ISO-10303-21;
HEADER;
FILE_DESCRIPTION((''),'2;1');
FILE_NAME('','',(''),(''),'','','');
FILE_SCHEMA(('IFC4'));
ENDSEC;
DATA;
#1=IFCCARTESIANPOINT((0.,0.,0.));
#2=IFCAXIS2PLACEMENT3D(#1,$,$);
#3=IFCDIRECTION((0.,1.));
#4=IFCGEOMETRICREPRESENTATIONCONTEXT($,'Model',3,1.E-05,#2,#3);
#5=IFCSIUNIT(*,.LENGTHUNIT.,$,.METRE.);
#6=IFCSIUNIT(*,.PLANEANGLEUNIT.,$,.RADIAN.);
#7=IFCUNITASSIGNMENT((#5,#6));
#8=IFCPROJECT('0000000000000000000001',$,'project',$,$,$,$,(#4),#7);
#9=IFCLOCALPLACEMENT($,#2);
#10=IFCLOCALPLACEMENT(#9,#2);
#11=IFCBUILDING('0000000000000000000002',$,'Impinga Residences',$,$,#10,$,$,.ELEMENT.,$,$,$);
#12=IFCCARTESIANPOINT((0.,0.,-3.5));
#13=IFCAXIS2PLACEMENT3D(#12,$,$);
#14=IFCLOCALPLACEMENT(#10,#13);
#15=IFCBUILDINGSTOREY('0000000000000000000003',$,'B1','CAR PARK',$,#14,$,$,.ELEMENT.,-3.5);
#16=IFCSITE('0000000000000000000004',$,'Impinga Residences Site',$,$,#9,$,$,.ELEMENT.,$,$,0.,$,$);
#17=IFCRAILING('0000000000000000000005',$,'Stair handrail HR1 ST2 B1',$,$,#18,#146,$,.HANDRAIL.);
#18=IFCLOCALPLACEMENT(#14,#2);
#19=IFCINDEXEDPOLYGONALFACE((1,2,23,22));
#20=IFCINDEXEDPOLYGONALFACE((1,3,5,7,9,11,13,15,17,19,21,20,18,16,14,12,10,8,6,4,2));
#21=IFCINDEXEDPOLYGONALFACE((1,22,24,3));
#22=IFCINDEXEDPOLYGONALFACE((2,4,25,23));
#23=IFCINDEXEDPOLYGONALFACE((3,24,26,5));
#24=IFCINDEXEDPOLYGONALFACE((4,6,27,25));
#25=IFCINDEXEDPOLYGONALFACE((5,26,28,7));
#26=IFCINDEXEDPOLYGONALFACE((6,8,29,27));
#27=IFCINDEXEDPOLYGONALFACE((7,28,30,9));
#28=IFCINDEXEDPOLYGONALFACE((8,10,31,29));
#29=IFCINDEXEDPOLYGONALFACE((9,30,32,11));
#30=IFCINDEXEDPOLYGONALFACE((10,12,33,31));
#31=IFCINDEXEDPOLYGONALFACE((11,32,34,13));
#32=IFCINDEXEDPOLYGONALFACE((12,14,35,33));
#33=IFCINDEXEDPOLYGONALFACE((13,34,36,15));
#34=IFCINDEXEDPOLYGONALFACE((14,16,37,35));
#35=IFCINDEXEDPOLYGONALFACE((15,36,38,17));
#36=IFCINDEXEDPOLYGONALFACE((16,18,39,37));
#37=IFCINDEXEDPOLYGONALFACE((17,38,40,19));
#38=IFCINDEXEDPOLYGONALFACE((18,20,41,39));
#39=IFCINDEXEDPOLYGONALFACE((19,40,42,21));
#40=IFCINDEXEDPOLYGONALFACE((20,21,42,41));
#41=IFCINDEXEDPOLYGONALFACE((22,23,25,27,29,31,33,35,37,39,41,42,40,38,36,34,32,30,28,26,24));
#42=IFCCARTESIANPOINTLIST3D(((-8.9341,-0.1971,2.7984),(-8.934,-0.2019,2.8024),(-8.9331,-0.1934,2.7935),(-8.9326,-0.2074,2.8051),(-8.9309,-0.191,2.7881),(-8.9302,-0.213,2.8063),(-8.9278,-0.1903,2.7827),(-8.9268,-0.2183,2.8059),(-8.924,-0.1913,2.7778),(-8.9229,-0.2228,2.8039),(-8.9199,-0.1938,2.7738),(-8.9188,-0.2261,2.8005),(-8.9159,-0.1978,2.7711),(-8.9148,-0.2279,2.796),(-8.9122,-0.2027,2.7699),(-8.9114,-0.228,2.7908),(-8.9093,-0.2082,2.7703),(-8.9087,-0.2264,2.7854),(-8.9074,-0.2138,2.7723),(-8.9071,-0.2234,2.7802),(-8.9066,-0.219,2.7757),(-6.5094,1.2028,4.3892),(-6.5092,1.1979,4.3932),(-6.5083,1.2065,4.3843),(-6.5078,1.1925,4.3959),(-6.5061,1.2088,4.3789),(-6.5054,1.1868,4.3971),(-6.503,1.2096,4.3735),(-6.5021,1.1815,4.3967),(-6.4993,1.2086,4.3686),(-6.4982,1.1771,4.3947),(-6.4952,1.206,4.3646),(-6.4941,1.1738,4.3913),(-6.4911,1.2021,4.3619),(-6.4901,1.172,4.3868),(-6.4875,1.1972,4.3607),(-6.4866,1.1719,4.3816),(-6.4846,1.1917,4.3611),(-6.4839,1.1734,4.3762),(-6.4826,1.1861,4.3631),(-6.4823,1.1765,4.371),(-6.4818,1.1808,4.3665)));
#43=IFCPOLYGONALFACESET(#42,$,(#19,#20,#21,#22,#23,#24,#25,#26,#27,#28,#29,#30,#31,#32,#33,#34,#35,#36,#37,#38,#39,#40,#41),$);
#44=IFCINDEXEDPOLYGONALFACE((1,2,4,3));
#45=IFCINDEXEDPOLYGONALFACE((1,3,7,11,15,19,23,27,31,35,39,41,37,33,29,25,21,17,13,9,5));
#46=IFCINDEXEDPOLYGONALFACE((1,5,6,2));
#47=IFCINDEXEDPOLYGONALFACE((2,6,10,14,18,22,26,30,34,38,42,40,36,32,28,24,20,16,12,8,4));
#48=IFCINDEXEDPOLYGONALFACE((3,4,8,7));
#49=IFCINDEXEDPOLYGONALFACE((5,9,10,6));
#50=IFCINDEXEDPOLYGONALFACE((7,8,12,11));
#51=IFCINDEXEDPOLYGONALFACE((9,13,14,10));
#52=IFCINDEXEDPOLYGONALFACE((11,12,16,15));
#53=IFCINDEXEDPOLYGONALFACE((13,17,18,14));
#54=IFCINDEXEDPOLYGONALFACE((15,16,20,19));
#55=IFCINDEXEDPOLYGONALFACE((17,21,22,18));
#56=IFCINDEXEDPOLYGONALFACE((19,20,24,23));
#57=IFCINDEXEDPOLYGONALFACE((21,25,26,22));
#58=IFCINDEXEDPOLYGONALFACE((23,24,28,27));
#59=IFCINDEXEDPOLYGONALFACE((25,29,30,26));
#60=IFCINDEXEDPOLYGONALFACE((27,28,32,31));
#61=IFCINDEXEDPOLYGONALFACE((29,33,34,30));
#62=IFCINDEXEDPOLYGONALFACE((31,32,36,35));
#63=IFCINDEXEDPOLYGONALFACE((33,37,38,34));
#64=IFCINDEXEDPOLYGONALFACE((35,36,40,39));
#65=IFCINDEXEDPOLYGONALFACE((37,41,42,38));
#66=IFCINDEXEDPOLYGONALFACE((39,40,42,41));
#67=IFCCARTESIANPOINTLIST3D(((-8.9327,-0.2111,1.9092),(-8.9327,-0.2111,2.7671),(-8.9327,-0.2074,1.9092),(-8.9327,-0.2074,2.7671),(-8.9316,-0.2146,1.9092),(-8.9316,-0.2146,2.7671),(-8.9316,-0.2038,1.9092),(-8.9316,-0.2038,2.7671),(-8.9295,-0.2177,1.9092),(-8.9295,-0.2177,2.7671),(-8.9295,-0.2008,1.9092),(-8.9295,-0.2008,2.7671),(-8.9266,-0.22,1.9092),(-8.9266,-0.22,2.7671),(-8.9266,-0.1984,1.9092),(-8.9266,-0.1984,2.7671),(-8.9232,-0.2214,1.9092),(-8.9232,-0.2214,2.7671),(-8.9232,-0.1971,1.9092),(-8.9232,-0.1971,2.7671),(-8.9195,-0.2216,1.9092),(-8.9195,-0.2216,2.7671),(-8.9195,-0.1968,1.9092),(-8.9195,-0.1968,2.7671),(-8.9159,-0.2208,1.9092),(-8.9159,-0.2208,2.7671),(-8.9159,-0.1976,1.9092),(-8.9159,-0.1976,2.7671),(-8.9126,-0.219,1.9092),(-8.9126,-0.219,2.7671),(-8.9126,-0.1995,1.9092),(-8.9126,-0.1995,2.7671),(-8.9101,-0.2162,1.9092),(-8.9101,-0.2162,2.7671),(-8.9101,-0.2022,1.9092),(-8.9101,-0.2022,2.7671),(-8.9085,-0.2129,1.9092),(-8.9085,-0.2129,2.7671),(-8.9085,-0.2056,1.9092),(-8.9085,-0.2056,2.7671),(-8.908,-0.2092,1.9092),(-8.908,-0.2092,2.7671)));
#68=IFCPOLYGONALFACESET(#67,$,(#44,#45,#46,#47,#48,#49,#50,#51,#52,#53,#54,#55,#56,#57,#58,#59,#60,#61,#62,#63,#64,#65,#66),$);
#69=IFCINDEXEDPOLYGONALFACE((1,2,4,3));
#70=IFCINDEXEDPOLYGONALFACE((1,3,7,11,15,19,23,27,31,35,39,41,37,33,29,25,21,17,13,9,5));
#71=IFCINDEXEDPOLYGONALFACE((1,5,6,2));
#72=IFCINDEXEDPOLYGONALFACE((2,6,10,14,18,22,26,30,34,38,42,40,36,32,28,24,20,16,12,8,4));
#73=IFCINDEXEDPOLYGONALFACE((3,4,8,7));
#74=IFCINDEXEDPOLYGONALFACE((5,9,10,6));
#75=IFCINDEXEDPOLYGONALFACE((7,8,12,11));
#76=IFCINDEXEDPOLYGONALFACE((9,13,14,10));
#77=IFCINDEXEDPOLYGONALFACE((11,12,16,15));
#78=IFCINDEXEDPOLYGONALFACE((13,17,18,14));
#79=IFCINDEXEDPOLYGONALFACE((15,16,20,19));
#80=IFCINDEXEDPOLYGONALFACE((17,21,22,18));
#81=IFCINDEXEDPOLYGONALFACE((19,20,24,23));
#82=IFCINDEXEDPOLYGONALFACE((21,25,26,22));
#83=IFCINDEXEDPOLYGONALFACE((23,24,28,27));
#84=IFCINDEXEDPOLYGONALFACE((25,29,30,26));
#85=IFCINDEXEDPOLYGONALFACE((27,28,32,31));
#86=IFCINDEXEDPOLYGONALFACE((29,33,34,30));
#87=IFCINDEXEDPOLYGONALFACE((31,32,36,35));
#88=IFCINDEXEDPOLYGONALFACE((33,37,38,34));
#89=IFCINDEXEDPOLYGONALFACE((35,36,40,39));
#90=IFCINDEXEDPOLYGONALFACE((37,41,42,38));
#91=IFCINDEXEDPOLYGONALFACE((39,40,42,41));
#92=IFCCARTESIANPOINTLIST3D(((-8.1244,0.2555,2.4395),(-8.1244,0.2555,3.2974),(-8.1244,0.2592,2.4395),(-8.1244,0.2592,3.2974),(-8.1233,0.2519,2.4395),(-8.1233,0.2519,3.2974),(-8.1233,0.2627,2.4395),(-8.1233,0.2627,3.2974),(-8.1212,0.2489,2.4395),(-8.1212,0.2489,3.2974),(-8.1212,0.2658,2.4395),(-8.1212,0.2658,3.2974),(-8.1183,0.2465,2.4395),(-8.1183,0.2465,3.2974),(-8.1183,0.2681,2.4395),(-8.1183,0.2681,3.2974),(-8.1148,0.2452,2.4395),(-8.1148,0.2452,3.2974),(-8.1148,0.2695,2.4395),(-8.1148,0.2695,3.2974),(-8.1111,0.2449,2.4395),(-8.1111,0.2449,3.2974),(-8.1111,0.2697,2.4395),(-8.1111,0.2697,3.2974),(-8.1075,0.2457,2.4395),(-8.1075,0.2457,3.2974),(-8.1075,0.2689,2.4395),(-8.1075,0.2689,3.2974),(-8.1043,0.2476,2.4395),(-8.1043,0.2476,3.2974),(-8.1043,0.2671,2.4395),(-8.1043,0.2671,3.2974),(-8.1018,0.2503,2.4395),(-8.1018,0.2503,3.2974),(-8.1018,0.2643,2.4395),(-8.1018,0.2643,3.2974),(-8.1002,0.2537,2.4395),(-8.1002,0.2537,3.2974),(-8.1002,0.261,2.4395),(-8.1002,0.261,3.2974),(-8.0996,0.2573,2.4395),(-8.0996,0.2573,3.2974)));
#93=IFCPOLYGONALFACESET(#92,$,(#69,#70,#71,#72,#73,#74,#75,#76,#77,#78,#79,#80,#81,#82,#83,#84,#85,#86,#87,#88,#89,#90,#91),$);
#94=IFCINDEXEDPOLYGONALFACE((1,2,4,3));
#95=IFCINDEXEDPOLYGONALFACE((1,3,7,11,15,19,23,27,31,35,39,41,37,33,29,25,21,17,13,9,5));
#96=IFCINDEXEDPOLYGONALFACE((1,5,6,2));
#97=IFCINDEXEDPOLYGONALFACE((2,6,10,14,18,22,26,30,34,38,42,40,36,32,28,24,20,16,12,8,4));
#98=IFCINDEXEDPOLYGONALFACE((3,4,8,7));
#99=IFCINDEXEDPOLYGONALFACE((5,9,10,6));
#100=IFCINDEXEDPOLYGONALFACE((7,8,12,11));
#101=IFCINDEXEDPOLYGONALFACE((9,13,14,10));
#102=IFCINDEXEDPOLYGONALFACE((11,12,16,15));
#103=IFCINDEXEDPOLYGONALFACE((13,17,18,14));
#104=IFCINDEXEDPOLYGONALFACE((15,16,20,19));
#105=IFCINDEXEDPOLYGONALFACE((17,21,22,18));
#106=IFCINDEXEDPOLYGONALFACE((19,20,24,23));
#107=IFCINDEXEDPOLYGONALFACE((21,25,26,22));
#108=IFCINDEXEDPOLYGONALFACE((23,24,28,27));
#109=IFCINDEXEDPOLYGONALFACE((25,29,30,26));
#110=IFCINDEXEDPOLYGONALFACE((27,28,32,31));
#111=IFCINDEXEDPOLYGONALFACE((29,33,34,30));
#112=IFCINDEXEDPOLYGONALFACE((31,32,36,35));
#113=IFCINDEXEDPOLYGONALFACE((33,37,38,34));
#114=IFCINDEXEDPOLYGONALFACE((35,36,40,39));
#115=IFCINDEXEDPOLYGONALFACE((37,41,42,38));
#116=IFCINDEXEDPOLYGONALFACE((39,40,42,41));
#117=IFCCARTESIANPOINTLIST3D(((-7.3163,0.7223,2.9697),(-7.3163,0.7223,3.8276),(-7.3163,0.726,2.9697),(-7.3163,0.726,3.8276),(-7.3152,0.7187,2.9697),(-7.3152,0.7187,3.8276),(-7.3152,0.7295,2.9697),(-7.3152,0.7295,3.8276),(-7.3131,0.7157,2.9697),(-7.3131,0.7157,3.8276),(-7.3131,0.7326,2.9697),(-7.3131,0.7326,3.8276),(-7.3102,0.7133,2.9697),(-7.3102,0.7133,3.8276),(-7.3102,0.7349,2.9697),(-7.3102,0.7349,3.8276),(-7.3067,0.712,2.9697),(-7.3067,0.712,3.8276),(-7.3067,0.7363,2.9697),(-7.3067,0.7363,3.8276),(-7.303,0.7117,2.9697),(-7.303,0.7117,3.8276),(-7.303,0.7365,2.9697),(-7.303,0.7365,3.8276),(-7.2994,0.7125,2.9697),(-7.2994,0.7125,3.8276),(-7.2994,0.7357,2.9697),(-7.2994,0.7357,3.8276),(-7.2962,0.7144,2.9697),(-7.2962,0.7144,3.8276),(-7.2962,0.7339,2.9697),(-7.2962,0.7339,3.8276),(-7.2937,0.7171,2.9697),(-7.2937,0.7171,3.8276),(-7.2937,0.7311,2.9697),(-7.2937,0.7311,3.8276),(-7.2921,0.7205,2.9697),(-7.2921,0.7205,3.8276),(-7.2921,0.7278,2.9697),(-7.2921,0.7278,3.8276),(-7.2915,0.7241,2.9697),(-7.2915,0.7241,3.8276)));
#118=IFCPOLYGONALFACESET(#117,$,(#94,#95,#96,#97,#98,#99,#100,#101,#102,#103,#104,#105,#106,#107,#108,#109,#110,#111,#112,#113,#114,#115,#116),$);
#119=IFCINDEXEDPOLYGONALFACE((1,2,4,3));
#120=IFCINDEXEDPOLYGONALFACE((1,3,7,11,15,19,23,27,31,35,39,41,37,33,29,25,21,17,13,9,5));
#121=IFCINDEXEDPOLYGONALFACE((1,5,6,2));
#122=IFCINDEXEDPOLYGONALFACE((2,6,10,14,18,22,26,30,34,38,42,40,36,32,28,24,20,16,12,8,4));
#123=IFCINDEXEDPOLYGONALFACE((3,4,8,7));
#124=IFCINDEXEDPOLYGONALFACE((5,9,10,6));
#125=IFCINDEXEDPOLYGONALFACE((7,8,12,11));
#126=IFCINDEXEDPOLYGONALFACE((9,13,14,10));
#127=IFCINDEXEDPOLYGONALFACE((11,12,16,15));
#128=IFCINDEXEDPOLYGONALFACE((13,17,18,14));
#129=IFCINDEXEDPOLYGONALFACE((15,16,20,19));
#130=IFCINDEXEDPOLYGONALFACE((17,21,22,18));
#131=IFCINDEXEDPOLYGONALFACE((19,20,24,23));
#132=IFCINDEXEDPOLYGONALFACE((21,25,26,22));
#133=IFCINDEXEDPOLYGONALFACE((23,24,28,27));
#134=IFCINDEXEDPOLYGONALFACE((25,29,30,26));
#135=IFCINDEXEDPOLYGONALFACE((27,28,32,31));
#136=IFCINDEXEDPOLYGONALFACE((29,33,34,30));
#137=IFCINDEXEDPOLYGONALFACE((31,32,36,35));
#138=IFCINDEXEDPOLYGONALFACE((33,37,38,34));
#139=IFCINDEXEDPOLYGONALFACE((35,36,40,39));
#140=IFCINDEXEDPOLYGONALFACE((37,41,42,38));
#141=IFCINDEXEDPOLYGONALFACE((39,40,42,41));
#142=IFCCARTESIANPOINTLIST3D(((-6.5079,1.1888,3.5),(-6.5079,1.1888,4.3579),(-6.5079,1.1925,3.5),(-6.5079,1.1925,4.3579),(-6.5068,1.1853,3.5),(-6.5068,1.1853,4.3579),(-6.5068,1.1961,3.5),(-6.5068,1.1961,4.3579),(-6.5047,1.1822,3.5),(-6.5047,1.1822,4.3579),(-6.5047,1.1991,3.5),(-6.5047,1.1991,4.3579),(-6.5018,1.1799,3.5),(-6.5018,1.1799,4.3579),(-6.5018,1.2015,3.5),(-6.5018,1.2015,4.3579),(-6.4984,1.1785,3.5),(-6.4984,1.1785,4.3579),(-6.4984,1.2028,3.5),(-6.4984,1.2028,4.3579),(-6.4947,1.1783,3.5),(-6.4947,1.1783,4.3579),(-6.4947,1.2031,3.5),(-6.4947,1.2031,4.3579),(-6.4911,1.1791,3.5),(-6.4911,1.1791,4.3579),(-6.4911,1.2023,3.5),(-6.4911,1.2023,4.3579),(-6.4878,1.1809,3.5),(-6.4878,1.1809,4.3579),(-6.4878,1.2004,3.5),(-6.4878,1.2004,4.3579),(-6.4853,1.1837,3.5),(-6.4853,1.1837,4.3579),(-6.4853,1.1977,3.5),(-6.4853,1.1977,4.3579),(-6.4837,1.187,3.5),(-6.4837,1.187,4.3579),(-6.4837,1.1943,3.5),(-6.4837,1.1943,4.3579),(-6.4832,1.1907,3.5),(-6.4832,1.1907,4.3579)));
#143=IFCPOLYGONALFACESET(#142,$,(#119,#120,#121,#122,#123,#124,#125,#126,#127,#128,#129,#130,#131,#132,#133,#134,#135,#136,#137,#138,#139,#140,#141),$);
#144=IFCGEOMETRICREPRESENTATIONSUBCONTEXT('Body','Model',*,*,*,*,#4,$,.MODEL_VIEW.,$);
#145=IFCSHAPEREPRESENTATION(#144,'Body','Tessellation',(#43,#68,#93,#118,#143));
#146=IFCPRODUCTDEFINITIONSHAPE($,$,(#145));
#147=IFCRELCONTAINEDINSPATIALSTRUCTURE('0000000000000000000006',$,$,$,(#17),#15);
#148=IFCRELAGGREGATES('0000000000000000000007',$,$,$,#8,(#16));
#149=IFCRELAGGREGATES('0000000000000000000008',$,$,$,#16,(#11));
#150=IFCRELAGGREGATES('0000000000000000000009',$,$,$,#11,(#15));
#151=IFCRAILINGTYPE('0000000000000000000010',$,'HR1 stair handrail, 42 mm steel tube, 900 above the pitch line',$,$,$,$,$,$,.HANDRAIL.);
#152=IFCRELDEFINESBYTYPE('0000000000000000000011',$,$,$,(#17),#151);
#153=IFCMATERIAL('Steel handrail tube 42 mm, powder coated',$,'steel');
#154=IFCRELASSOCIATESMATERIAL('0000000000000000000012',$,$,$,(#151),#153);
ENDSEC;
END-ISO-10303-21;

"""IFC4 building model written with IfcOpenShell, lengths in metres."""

from ifc_helpers import new_model, si_unit, direction, frame, origin, origin_2d, place, context, subcontext, project, spatial, circle, extrude, material, type_object, element, save


model = new_model("IFC4")

# Units and contexts
model_context = context("Model", 3, precision=1e-05, world=origin(), true_north=direction((0.0, 1.0)))
body_context = subcontext(model_context, "Body", "Model", "MODEL_VIEW")
ifc_project = project(units=[si_unit("LENGTHUNIT", "METRE"), si_unit("PLANEANGLEUNIT", "RADIAN")], contexts=[model_context])

# Site, building, storey
site_placement = place(None, origin())
site = spatial("IfcSite", under=ifc_project, at=site_placement, Name="Impinga Residences Site", CompositionType="ELEMENT", RefElevation=0.0)
building_placement = place(site_placement, origin())
building = spatial("IfcBuilding", under=site, at=building_placement, Name="Impinga Residences", CompositionType="ELEMENT")
storey_placement = place(building_placement, frame((0.0, 0.0, -3.5)))
storey = spatial("IfcBuildingStorey", under=building, at=storey_placement, Name="B1", Description="CAR PARK", CompositionType="ELEMENT", Elevation=-3.5)

# Railing
ifc_material_1 = material(Name="Steel handrail tube 42 mm, powder coated", Category="steel")
railing_type_1 = type_object("IfcRailingType", Name="HR1 stair handrail, 42 mm steel tube, 900 above the pitch line", PredefinedType="HANDRAIL", material=ifc_material_1)
railing_1_placement = place(storey_placement, frame((-8.9204, -0.2092, 1.9092)))
element("IfcRailing", 1, at=railing_1_placement, inside=storey, type_object=railing_type_1, Name="Stair handrail HR1 ST2 B1", PredefinedType="HANDRAIL", context=body_context, shape_type="SweptSolid", body=[
    extrude(circle(Radius=0.021, at=origin_2d()), frame((0.0, 0.0, 0.8789), z_axis=(0.752983, 0.434716, 0.494003), x_axis=(-0.499984, 0.866035, 0.0)), (0.0, 0.0, 1.0), 3.2202),
    extrude(circle(Radius=0.0125, at=origin_2d()), origin(), (0.0, 0.0, 1.0), 0.8579),
    extrude(circle(Radius=0.0125, at=origin_2d()), frame((0.8083, 0.4666, 0.5303)), (0.0, 0.0, 1.0), 0.8579),
    extrude(circle(Radius=0.0125, at=origin_2d()), frame((1.6165, 0.9333, 1.0605)), (0.0, 0.0, 1.0), 0.8579),
    extrude(circle(Radius=0.0125, at=origin_2d()), frame((2.4248, 1.3999, 1.5908)), (0.0, 0.0, 1.0), 0.8579),
])

save(model, "model.ifc")
